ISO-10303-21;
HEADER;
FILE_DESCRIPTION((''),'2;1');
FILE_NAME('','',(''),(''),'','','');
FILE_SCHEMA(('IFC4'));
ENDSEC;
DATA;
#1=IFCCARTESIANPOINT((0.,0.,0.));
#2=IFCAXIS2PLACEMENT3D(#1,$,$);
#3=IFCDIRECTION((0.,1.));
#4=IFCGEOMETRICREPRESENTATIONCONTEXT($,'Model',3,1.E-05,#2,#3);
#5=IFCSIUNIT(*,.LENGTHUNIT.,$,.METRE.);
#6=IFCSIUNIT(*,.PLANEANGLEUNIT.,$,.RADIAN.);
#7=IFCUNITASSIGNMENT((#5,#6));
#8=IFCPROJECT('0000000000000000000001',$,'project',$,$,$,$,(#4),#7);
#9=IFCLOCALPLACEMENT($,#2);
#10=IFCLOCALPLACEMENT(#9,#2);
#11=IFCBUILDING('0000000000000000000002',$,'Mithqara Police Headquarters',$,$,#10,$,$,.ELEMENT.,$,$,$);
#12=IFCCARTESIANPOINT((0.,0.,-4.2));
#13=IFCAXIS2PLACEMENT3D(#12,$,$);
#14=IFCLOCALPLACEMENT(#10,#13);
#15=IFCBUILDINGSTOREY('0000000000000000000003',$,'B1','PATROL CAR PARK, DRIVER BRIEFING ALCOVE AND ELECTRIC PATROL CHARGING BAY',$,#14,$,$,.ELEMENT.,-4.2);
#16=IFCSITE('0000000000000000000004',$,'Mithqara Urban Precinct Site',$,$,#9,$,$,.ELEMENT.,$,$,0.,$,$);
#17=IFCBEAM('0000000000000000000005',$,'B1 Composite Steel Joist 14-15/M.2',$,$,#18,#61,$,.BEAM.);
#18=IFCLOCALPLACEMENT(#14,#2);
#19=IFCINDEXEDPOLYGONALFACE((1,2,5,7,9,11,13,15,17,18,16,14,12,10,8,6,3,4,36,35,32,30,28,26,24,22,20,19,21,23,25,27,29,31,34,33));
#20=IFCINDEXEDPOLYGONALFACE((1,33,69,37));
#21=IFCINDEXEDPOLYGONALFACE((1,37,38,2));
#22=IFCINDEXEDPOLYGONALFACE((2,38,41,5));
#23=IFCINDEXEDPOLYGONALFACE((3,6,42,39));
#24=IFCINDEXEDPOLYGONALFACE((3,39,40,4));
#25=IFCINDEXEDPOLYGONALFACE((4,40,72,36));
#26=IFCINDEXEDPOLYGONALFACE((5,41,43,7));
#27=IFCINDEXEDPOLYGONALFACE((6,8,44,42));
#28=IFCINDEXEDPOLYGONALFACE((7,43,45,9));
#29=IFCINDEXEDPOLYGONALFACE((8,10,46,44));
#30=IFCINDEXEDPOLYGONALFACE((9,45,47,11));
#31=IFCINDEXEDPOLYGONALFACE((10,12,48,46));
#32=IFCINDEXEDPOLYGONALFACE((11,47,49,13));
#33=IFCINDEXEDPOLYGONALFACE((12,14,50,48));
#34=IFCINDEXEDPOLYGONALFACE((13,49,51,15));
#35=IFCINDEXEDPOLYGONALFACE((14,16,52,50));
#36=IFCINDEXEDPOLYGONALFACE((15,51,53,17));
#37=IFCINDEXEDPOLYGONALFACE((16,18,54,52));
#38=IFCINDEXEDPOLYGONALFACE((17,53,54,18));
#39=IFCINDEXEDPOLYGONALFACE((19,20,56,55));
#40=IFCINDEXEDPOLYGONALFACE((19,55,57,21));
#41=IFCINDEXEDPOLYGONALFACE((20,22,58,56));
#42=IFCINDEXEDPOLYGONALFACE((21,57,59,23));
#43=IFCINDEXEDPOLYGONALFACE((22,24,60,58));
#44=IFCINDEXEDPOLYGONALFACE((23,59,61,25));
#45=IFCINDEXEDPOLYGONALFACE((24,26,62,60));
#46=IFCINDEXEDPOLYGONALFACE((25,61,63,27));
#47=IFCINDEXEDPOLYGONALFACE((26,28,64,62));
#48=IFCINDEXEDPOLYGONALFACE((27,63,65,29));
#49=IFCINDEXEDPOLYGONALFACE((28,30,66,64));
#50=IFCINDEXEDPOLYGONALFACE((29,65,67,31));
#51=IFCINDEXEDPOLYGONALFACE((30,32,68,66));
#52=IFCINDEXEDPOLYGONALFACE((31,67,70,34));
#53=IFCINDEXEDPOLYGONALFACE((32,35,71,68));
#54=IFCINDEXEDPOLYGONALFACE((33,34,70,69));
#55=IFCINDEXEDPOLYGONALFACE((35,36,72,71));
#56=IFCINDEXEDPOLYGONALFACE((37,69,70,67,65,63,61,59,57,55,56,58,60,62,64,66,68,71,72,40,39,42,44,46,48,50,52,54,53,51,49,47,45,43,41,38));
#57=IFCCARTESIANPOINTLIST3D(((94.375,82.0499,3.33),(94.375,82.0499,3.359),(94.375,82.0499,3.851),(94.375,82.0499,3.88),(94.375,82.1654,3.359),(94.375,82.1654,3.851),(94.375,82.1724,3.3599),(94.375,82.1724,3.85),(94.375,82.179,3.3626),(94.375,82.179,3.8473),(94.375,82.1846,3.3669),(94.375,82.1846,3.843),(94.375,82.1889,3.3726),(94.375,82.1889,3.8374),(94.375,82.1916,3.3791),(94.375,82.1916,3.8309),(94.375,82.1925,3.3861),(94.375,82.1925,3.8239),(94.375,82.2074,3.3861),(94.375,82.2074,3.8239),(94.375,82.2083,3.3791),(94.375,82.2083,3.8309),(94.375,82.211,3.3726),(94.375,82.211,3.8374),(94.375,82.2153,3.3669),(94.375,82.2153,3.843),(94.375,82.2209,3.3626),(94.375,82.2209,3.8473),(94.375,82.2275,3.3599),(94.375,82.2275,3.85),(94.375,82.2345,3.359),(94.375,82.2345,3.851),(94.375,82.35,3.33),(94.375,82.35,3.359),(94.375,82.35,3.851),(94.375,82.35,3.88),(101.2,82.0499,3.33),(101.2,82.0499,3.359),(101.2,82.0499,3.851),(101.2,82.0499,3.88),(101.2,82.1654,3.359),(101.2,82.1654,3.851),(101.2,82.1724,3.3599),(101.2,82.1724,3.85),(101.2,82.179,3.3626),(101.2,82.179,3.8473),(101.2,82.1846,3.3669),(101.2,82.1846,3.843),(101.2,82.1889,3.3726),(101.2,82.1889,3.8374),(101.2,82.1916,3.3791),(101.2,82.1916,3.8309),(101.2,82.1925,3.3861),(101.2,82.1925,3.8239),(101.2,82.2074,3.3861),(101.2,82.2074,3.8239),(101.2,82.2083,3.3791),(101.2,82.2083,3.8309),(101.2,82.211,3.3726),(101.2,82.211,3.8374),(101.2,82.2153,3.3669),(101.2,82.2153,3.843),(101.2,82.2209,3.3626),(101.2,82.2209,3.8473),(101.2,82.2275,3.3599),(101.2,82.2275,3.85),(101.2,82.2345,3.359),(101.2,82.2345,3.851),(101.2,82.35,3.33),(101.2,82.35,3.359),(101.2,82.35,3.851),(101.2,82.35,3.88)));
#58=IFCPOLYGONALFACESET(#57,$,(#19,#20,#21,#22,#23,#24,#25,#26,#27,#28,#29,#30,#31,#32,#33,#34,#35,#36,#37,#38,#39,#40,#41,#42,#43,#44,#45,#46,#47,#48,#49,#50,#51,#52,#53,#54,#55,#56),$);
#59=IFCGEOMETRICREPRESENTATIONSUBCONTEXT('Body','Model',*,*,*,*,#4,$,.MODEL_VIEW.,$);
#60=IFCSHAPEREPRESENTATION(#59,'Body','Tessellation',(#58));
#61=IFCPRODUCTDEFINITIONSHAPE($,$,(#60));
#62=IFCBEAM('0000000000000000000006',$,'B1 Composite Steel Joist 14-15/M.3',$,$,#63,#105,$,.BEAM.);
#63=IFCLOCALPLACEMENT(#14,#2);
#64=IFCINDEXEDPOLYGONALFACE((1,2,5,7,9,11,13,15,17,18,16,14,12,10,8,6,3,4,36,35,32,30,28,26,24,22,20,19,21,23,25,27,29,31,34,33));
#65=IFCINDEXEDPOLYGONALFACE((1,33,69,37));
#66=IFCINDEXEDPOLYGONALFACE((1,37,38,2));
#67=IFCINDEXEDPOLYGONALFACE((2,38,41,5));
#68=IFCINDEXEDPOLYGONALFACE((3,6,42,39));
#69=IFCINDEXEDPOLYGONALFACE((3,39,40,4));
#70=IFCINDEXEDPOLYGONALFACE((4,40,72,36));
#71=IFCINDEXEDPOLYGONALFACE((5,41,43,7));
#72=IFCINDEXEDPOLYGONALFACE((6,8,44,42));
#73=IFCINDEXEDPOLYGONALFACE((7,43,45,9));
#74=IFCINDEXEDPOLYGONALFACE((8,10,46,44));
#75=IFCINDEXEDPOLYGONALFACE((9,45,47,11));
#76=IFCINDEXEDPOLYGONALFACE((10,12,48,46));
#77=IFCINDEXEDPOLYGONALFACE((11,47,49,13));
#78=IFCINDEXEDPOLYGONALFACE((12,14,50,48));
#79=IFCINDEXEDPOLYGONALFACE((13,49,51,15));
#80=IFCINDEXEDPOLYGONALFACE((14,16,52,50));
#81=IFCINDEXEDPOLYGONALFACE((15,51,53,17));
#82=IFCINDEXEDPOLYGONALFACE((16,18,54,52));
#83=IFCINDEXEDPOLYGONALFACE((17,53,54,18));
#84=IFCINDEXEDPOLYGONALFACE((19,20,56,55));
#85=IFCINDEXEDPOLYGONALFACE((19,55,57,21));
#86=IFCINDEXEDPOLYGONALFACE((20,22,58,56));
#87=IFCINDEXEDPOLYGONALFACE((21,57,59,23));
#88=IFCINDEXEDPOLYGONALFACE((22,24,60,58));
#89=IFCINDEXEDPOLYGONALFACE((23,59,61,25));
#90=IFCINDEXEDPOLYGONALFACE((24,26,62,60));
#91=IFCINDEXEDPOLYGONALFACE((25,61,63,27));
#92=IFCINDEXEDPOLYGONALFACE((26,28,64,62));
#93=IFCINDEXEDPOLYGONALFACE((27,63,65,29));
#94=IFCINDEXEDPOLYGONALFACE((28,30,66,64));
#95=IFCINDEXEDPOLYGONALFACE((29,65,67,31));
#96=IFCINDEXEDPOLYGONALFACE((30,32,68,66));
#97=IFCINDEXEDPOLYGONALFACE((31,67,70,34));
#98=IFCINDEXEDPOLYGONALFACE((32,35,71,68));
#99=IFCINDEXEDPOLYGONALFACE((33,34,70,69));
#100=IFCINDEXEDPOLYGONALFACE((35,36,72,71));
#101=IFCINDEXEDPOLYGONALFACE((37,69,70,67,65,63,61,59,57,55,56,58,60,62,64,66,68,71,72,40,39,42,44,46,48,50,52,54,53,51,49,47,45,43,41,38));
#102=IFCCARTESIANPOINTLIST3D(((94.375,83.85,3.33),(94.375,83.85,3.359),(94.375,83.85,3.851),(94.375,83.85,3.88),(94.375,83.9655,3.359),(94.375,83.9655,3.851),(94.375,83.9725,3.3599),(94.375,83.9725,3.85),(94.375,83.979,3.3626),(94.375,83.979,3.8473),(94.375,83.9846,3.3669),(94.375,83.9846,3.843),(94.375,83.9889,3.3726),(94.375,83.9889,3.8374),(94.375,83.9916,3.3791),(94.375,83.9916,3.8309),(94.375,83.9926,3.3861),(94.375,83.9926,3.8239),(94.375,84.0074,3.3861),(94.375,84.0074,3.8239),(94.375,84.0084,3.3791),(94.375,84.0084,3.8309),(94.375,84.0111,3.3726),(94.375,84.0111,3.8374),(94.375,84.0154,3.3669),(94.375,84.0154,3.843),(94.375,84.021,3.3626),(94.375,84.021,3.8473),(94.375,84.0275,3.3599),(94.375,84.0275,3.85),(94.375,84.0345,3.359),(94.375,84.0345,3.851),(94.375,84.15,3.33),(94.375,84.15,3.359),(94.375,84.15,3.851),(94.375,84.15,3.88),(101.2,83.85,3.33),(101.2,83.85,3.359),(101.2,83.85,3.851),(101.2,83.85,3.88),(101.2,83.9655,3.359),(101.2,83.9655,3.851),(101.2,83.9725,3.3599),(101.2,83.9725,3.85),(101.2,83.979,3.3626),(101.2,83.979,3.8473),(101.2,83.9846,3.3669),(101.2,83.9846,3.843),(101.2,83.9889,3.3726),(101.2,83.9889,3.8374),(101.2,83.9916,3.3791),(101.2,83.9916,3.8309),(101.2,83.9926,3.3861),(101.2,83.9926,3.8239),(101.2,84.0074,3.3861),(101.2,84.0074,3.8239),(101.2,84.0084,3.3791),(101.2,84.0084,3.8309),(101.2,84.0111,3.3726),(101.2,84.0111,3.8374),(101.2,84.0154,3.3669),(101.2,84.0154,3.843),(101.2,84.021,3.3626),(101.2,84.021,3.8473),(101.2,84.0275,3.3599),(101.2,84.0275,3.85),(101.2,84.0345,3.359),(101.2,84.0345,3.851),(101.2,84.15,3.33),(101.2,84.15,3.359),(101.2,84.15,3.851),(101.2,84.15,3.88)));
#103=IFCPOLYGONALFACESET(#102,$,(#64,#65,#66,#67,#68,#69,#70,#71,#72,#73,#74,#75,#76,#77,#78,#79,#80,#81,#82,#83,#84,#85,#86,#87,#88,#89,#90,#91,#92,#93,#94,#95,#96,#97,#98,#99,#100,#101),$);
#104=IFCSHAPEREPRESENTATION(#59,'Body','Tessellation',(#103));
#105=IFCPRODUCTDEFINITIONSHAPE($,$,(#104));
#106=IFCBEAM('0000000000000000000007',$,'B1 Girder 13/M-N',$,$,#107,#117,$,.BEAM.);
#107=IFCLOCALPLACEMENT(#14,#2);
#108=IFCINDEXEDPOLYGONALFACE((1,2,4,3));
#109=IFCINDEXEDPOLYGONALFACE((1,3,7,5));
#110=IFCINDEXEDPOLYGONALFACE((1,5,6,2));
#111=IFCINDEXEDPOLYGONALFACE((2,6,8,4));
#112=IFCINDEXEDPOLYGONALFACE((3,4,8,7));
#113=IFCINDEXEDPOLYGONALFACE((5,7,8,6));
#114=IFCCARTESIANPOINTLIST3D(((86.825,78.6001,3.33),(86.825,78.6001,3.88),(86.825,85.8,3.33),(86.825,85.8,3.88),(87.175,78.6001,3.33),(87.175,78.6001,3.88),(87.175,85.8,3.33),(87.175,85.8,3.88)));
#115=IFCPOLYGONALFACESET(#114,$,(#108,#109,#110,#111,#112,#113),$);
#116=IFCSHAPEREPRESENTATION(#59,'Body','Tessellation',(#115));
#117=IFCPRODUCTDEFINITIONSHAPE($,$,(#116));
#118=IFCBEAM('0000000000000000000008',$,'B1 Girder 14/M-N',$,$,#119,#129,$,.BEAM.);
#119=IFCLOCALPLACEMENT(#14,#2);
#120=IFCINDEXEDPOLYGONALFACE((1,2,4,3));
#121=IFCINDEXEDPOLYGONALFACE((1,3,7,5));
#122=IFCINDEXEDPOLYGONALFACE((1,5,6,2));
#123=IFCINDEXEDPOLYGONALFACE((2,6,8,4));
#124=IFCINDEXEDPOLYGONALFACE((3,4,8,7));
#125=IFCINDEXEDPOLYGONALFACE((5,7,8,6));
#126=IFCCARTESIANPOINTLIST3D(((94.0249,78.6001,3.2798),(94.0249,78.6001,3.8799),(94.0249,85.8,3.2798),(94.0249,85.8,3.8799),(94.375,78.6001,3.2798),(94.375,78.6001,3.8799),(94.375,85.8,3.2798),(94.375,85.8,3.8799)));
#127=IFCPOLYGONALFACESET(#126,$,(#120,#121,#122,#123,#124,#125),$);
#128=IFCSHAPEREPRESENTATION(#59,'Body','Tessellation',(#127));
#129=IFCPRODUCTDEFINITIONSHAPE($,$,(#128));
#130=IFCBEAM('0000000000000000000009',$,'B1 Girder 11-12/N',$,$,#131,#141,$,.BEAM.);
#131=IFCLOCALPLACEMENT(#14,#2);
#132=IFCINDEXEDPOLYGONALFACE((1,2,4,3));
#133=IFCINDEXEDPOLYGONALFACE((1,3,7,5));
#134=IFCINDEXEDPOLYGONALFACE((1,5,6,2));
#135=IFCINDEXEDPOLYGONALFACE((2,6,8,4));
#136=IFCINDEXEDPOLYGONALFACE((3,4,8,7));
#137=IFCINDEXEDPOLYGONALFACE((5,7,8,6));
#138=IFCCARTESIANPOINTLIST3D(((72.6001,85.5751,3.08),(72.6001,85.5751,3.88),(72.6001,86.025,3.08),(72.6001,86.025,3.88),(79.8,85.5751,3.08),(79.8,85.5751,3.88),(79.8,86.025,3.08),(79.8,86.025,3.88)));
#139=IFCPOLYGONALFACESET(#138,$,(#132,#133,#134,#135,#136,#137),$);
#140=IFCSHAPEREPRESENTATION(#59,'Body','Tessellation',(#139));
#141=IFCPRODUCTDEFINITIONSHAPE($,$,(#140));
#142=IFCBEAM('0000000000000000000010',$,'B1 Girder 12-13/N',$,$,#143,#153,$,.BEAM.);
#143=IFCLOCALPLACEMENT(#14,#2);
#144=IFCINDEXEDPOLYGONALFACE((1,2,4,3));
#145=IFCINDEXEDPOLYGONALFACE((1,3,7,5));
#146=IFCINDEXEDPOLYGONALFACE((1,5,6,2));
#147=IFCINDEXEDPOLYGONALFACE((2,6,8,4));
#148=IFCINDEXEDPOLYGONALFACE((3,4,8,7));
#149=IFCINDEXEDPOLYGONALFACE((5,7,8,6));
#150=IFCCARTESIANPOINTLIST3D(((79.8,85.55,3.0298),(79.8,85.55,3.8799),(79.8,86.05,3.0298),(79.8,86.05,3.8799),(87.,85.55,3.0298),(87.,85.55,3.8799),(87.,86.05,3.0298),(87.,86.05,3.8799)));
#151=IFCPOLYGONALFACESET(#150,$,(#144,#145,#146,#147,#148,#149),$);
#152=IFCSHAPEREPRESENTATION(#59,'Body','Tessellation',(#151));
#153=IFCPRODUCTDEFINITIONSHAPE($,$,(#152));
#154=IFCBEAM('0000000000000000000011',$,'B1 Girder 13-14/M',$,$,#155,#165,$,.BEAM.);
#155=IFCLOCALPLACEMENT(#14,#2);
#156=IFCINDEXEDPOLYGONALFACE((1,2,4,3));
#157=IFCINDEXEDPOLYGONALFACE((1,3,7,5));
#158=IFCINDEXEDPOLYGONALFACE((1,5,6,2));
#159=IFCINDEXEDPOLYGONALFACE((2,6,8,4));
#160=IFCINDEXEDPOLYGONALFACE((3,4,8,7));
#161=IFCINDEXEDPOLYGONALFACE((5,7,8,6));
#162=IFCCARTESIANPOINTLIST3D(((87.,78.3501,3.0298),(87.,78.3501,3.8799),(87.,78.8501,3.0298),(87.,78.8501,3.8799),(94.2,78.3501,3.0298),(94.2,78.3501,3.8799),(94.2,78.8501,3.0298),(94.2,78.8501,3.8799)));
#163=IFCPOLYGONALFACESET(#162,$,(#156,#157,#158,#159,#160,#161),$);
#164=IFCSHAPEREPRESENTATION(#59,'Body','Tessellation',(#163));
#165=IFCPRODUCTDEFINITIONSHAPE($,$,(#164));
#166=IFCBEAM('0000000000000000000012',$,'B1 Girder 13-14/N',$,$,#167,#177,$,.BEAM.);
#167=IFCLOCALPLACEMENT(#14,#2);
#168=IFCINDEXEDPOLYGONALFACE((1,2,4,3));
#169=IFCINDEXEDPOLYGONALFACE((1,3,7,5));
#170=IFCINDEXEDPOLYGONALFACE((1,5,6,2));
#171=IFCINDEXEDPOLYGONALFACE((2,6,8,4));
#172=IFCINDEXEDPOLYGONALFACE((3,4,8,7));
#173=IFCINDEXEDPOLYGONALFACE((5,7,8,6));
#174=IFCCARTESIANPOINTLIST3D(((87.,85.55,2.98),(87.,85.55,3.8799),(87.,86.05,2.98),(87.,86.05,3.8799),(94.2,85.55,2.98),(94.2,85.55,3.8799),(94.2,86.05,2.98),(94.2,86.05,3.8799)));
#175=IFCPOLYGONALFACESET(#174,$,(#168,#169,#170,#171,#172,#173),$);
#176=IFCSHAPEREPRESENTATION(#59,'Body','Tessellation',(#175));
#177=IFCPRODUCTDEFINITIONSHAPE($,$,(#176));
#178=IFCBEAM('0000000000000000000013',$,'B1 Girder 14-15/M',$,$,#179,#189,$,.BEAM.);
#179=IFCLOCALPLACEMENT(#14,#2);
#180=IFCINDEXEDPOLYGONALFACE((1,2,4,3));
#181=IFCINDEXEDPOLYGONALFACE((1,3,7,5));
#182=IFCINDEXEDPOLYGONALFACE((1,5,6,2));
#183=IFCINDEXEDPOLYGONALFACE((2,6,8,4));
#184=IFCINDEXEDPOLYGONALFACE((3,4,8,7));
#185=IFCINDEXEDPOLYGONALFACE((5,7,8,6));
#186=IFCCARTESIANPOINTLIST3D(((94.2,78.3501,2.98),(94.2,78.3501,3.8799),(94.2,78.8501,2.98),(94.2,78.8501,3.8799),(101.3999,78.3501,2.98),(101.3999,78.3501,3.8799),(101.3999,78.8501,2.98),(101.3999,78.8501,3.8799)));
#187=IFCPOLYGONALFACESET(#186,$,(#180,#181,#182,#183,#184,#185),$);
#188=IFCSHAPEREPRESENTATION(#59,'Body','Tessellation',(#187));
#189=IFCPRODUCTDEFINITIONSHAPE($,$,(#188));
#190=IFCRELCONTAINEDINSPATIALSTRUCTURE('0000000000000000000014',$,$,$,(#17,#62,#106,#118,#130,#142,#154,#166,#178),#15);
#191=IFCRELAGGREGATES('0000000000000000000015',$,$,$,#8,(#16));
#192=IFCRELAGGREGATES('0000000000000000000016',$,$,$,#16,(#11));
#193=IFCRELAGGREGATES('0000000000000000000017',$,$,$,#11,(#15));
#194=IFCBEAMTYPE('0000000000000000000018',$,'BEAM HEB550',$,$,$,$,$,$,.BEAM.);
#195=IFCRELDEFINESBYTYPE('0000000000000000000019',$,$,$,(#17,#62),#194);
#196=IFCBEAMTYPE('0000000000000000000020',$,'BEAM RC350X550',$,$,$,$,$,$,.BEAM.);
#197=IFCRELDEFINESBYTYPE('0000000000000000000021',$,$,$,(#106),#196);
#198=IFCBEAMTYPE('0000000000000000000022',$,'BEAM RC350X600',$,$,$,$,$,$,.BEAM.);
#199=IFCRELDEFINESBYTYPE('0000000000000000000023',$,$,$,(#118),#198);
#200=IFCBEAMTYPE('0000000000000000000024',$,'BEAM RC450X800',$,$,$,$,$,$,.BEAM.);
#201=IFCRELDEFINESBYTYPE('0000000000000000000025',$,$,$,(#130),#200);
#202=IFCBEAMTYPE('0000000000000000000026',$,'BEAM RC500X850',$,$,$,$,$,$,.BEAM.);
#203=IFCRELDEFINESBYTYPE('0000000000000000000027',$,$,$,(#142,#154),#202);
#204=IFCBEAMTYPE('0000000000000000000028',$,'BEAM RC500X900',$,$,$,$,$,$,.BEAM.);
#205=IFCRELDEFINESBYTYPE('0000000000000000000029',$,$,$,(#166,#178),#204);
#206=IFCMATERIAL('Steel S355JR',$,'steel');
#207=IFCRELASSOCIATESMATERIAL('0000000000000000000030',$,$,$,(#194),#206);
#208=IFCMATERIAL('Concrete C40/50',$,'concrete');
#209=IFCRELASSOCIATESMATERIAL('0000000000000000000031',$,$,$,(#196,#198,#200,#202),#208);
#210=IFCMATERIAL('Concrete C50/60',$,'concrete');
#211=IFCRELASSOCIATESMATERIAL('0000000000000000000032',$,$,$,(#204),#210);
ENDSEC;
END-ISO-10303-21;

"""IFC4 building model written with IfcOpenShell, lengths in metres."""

from ifc_helpers import new_model, si_unit, direction, frame, origin, origin_2d, place, context, subcontext, project, spatial, rectangle, i_section, extrude, material, material_profile, profile_set, type_object, element, save


model = new_model("IFC4")

# Units and contexts
model_context = context("Model", 3, precision=1e-05, world=origin(), true_north=direction((0.0, 1.0)))
body_context = subcontext(model_context, "Body", "Model", "MODEL_VIEW")
ifc_project = project(units=[si_unit("LENGTHUNIT", "METRE"), si_unit("PLANEANGLEUNIT", "RADIAN")], contexts=[model_context])

# Site, building, storey
site_placement = place(None, origin())
site = spatial("IfcSite", under=ifc_project, at=site_placement, Name="Mithqara Urban Precinct Site", CompositionType="ELEMENT", RefElevation=0.0)
building_placement = place(site_placement, origin())
building = spatial("IfcBuilding", under=site, at=building_placement, Name="Mithqara Police Headquarters", CompositionType="ELEMENT")
storey_placement = place(building_placement, frame((0.0, 0.0, -4.2)))
storey = spatial("IfcBuildingStorey", under=building, at=storey_placement, Name="B1", Description="PATROL CAR PARK, DRIVER BRIEFING ALCOVE AND ELECTRIC PATROL CHARGING BAY", CompositionType="ELEMENT", Elevation=-4.2)

# Shared definitions
ifc_material_1 = material(Name="Concrete C50/60", Category="concrete")

# Beams
ifc_material_2 = material(Name="Steel S355JR", Category="steel")
ifc_material_profile_1 = material_profile(ifc_material_2, i_section(OverallWidth=0.3, OverallDepth=0.55, WebThickness=0.0149, FlangeThickness=0.0291, FilletRadius=0.0271, at=origin_2d()), Name="HEB 550")
ifc_profile_set_1 = profile_set([ifc_material_profile_1], Name="Steel S355JR")
beam_type_1 = type_object("IfcBeamType", Name="BEAM HEB550", PredefinedType="BEAM", material=ifc_profile_set_1)
for number, where, z_axis, x_axis, name in (
    (1, (94.375, 82.2, 3.605), (1.0, 0.0, 0.0), (0.0, 1.0, 0.0), "B1 Composite Steel Joist 14-15/M.2"),
    (2, (94.375, 84.0, 3.605), (1.0, 0.0, 0.0), (0.0, 1.0, 0.0), "B1 Composite Steel Joist 14-15/M.3"),
):
    element("IfcBeam", number, at=place(storey_placement, frame(where, z_axis=z_axis, x_axis=x_axis)), inside=storey, type_object=beam_type_1, Name=name, PredefinedType="BEAM", context=body_context, shape_type="SweptSolid", body=[
        extrude(i_section(OverallWidth=0.3, OverallDepth=0.55, WebThickness=0.0149, FlangeThickness=0.0291, FilletRadius=0.0271, at=origin_2d()), origin(), (0.0, 0.0, 1.0), 6.825),
    ])
ifc_material_3 = material(Name="Concrete C40/50", Category="concrete")
ifc_material_profile_2 = material_profile(ifc_material_3, rectangle(XDim=0.3501, YDim=0.55, at=origin_2d()), Name="RC 350x550")
ifc_profile_set_2 = profile_set([ifc_material_profile_2], Name="Concrete C40/50")
beam_type_2 = type_object("IfcBeamType", Name="BEAM RC350X550", PredefinedType="BEAM", material=ifc_profile_set_2)
beam_1_placement = place(storey_placement, frame((87.0, 78.6001, 3.605), z_axis=(0.0, 1.0, 0.0), x_axis=(-1.0, 0.0, 0.0)))
element("IfcBeam", 3, at=beam_1_placement, inside=storey, type_object=beam_type_2, Name="B1 Girder 13/M-N", PredefinedType="BEAM", context=body_context, shape_type="SweptSolid", body=[
    extrude(rectangle(XDim=0.3501, YDim=0.55, at=origin_2d()), origin(), (0.0, 0.0, 1.0), 7.2),
])
ifc_material_profile_3 = material_profile(ifc_material_3, rectangle(XDim=0.3501, YDim=0.6001, at=origin_2d()), Name="RC 350x600")
ifc_profile_set_3 = profile_set([ifc_material_profile_3], Name="Concrete C40/50")
beam_type_3 = type_object("IfcBeamType", Name="BEAM RC350X600", PredefinedType="BEAM", material=ifc_profile_set_3)
beam_2_placement = place(storey_placement, frame((94.2, 78.6001, 3.5798), z_axis=(0.0, 1.0, 0.0), x_axis=(-1.0, 0.0, 0.0)))
element("IfcBeam", 4, at=beam_2_placement, inside=storey, type_object=beam_type_3, Name="B1 Girder 14/M-N", PredefinedType="BEAM", context=body_context, shape_type="SweptSolid", body=[
    extrude(rectangle(XDim=0.3501, YDim=0.6001, at=origin_2d()), origin(), (0.0, 0.0, 1.0), 7.2),
])
ifc_material_profile_4 = material_profile(ifc_material_3, rectangle(XDim=0.45, YDim=0.8, at=origin_2d()), Name="RC 450x800")
ifc_profile_set_4 = profile_set([ifc_material_profile_4], Name="Concrete C40/50")
beam_type_4 = type_object("IfcBeamType", Name="BEAM RC450X800", PredefinedType="BEAM", material=ifc_profile_set_4)
beam_3_placement = place(storey_placement, frame((72.6001, 85.8, 3.48), z_axis=(1.0, 0.0, 0.0), x_axis=(0.0, 1.0, 0.0)))
element("IfcBeam", 5, at=beam_3_placement, inside=storey, type_object=beam_type_4, Name="B1 Girder 11-12/N", PredefinedType="BEAM", context=body_context, shape_type="SweptSolid", body=[
    extrude(rectangle(XDim=0.45, YDim=0.8, at=origin_2d()), origin(), (0.0, 0.0, 1.0), 7.2),
])
ifc_material_profile_5 = material_profile(ifc_material_3, rectangle(XDim=0.5, YDim=0.8501, at=origin_2d()), Name="RC 500x850")
ifc_profile_set_5 = profile_set([ifc_material_profile_5], Name="Concrete C40/50")
beam_type_5 = type_object("IfcBeamType", Name="BEAM RC500X850", PredefinedType="BEAM", material=ifc_profile_set_5)
for number, where, z_axis, x_axis, name in (
    (6, (79.8, 85.8, 3.4548), (1.0, 0.0, 0.0), (0.0, 1.0, 0.0), "B1 Girder 12-13/N"),
    (7, (87.0, 78.6001, 3.4548), (1.0, 0.0, 0.0), (0.0, 1.0, 0.0), "B1 Girder 13-14/M"),
):
    element("IfcBeam", number, at=place(storey_placement, frame(where, z_axis=z_axis, x_axis=x_axis)), inside=storey, type_object=beam_type_5, Name=name, PredefinedType="BEAM", context=body_context, shape_type="SweptSolid", body=[
        extrude(rectangle(XDim=0.5, YDim=0.8501, at=origin_2d()), origin(), (0.0, 0.0, 1.0), 7.2),
    ])
ifc_material_profile_6 = material_profile(ifc_material_1, rectangle(XDim=0.5, YDim=0.8999, at=origin_2d()), Name="RC 500x900")
ifc_profile_set_6 = profile_set([ifc_material_profile_6], Name="Concrete C50/60")
beam_type_6 = type_object("IfcBeamType", Name="BEAM RC500X900", PredefinedType="BEAM", material=ifc_profile_set_6)
for number, where, z_axis, x_axis, name in (
    (8, (87.0, 85.8, 3.4299), (1.0, 0.0, 0.0), (0.0, 1.0, 0.0), "B1 Girder 13-14/N"),
    (9, (94.2, 78.6001, 3.4299), (1.0, 0.0, 0.0), (0.0, 1.0, 0.0), "B1 Girder 14-15/M"),
):
    element("IfcBeam", number, at=place(storey_placement, frame(where, z_axis=z_axis, x_axis=x_axis)), inside=storey, type_object=beam_type_6, Name=name, PredefinedType="BEAM", context=body_context, shape_type="SweptSolid", body=[
        extrude(rectangle(XDim=0.5, YDim=0.8999, at=origin_2d()), origin(), (0.0, 0.0, 1.0), 7.2),
    ])

save(model, "model.ifc")
